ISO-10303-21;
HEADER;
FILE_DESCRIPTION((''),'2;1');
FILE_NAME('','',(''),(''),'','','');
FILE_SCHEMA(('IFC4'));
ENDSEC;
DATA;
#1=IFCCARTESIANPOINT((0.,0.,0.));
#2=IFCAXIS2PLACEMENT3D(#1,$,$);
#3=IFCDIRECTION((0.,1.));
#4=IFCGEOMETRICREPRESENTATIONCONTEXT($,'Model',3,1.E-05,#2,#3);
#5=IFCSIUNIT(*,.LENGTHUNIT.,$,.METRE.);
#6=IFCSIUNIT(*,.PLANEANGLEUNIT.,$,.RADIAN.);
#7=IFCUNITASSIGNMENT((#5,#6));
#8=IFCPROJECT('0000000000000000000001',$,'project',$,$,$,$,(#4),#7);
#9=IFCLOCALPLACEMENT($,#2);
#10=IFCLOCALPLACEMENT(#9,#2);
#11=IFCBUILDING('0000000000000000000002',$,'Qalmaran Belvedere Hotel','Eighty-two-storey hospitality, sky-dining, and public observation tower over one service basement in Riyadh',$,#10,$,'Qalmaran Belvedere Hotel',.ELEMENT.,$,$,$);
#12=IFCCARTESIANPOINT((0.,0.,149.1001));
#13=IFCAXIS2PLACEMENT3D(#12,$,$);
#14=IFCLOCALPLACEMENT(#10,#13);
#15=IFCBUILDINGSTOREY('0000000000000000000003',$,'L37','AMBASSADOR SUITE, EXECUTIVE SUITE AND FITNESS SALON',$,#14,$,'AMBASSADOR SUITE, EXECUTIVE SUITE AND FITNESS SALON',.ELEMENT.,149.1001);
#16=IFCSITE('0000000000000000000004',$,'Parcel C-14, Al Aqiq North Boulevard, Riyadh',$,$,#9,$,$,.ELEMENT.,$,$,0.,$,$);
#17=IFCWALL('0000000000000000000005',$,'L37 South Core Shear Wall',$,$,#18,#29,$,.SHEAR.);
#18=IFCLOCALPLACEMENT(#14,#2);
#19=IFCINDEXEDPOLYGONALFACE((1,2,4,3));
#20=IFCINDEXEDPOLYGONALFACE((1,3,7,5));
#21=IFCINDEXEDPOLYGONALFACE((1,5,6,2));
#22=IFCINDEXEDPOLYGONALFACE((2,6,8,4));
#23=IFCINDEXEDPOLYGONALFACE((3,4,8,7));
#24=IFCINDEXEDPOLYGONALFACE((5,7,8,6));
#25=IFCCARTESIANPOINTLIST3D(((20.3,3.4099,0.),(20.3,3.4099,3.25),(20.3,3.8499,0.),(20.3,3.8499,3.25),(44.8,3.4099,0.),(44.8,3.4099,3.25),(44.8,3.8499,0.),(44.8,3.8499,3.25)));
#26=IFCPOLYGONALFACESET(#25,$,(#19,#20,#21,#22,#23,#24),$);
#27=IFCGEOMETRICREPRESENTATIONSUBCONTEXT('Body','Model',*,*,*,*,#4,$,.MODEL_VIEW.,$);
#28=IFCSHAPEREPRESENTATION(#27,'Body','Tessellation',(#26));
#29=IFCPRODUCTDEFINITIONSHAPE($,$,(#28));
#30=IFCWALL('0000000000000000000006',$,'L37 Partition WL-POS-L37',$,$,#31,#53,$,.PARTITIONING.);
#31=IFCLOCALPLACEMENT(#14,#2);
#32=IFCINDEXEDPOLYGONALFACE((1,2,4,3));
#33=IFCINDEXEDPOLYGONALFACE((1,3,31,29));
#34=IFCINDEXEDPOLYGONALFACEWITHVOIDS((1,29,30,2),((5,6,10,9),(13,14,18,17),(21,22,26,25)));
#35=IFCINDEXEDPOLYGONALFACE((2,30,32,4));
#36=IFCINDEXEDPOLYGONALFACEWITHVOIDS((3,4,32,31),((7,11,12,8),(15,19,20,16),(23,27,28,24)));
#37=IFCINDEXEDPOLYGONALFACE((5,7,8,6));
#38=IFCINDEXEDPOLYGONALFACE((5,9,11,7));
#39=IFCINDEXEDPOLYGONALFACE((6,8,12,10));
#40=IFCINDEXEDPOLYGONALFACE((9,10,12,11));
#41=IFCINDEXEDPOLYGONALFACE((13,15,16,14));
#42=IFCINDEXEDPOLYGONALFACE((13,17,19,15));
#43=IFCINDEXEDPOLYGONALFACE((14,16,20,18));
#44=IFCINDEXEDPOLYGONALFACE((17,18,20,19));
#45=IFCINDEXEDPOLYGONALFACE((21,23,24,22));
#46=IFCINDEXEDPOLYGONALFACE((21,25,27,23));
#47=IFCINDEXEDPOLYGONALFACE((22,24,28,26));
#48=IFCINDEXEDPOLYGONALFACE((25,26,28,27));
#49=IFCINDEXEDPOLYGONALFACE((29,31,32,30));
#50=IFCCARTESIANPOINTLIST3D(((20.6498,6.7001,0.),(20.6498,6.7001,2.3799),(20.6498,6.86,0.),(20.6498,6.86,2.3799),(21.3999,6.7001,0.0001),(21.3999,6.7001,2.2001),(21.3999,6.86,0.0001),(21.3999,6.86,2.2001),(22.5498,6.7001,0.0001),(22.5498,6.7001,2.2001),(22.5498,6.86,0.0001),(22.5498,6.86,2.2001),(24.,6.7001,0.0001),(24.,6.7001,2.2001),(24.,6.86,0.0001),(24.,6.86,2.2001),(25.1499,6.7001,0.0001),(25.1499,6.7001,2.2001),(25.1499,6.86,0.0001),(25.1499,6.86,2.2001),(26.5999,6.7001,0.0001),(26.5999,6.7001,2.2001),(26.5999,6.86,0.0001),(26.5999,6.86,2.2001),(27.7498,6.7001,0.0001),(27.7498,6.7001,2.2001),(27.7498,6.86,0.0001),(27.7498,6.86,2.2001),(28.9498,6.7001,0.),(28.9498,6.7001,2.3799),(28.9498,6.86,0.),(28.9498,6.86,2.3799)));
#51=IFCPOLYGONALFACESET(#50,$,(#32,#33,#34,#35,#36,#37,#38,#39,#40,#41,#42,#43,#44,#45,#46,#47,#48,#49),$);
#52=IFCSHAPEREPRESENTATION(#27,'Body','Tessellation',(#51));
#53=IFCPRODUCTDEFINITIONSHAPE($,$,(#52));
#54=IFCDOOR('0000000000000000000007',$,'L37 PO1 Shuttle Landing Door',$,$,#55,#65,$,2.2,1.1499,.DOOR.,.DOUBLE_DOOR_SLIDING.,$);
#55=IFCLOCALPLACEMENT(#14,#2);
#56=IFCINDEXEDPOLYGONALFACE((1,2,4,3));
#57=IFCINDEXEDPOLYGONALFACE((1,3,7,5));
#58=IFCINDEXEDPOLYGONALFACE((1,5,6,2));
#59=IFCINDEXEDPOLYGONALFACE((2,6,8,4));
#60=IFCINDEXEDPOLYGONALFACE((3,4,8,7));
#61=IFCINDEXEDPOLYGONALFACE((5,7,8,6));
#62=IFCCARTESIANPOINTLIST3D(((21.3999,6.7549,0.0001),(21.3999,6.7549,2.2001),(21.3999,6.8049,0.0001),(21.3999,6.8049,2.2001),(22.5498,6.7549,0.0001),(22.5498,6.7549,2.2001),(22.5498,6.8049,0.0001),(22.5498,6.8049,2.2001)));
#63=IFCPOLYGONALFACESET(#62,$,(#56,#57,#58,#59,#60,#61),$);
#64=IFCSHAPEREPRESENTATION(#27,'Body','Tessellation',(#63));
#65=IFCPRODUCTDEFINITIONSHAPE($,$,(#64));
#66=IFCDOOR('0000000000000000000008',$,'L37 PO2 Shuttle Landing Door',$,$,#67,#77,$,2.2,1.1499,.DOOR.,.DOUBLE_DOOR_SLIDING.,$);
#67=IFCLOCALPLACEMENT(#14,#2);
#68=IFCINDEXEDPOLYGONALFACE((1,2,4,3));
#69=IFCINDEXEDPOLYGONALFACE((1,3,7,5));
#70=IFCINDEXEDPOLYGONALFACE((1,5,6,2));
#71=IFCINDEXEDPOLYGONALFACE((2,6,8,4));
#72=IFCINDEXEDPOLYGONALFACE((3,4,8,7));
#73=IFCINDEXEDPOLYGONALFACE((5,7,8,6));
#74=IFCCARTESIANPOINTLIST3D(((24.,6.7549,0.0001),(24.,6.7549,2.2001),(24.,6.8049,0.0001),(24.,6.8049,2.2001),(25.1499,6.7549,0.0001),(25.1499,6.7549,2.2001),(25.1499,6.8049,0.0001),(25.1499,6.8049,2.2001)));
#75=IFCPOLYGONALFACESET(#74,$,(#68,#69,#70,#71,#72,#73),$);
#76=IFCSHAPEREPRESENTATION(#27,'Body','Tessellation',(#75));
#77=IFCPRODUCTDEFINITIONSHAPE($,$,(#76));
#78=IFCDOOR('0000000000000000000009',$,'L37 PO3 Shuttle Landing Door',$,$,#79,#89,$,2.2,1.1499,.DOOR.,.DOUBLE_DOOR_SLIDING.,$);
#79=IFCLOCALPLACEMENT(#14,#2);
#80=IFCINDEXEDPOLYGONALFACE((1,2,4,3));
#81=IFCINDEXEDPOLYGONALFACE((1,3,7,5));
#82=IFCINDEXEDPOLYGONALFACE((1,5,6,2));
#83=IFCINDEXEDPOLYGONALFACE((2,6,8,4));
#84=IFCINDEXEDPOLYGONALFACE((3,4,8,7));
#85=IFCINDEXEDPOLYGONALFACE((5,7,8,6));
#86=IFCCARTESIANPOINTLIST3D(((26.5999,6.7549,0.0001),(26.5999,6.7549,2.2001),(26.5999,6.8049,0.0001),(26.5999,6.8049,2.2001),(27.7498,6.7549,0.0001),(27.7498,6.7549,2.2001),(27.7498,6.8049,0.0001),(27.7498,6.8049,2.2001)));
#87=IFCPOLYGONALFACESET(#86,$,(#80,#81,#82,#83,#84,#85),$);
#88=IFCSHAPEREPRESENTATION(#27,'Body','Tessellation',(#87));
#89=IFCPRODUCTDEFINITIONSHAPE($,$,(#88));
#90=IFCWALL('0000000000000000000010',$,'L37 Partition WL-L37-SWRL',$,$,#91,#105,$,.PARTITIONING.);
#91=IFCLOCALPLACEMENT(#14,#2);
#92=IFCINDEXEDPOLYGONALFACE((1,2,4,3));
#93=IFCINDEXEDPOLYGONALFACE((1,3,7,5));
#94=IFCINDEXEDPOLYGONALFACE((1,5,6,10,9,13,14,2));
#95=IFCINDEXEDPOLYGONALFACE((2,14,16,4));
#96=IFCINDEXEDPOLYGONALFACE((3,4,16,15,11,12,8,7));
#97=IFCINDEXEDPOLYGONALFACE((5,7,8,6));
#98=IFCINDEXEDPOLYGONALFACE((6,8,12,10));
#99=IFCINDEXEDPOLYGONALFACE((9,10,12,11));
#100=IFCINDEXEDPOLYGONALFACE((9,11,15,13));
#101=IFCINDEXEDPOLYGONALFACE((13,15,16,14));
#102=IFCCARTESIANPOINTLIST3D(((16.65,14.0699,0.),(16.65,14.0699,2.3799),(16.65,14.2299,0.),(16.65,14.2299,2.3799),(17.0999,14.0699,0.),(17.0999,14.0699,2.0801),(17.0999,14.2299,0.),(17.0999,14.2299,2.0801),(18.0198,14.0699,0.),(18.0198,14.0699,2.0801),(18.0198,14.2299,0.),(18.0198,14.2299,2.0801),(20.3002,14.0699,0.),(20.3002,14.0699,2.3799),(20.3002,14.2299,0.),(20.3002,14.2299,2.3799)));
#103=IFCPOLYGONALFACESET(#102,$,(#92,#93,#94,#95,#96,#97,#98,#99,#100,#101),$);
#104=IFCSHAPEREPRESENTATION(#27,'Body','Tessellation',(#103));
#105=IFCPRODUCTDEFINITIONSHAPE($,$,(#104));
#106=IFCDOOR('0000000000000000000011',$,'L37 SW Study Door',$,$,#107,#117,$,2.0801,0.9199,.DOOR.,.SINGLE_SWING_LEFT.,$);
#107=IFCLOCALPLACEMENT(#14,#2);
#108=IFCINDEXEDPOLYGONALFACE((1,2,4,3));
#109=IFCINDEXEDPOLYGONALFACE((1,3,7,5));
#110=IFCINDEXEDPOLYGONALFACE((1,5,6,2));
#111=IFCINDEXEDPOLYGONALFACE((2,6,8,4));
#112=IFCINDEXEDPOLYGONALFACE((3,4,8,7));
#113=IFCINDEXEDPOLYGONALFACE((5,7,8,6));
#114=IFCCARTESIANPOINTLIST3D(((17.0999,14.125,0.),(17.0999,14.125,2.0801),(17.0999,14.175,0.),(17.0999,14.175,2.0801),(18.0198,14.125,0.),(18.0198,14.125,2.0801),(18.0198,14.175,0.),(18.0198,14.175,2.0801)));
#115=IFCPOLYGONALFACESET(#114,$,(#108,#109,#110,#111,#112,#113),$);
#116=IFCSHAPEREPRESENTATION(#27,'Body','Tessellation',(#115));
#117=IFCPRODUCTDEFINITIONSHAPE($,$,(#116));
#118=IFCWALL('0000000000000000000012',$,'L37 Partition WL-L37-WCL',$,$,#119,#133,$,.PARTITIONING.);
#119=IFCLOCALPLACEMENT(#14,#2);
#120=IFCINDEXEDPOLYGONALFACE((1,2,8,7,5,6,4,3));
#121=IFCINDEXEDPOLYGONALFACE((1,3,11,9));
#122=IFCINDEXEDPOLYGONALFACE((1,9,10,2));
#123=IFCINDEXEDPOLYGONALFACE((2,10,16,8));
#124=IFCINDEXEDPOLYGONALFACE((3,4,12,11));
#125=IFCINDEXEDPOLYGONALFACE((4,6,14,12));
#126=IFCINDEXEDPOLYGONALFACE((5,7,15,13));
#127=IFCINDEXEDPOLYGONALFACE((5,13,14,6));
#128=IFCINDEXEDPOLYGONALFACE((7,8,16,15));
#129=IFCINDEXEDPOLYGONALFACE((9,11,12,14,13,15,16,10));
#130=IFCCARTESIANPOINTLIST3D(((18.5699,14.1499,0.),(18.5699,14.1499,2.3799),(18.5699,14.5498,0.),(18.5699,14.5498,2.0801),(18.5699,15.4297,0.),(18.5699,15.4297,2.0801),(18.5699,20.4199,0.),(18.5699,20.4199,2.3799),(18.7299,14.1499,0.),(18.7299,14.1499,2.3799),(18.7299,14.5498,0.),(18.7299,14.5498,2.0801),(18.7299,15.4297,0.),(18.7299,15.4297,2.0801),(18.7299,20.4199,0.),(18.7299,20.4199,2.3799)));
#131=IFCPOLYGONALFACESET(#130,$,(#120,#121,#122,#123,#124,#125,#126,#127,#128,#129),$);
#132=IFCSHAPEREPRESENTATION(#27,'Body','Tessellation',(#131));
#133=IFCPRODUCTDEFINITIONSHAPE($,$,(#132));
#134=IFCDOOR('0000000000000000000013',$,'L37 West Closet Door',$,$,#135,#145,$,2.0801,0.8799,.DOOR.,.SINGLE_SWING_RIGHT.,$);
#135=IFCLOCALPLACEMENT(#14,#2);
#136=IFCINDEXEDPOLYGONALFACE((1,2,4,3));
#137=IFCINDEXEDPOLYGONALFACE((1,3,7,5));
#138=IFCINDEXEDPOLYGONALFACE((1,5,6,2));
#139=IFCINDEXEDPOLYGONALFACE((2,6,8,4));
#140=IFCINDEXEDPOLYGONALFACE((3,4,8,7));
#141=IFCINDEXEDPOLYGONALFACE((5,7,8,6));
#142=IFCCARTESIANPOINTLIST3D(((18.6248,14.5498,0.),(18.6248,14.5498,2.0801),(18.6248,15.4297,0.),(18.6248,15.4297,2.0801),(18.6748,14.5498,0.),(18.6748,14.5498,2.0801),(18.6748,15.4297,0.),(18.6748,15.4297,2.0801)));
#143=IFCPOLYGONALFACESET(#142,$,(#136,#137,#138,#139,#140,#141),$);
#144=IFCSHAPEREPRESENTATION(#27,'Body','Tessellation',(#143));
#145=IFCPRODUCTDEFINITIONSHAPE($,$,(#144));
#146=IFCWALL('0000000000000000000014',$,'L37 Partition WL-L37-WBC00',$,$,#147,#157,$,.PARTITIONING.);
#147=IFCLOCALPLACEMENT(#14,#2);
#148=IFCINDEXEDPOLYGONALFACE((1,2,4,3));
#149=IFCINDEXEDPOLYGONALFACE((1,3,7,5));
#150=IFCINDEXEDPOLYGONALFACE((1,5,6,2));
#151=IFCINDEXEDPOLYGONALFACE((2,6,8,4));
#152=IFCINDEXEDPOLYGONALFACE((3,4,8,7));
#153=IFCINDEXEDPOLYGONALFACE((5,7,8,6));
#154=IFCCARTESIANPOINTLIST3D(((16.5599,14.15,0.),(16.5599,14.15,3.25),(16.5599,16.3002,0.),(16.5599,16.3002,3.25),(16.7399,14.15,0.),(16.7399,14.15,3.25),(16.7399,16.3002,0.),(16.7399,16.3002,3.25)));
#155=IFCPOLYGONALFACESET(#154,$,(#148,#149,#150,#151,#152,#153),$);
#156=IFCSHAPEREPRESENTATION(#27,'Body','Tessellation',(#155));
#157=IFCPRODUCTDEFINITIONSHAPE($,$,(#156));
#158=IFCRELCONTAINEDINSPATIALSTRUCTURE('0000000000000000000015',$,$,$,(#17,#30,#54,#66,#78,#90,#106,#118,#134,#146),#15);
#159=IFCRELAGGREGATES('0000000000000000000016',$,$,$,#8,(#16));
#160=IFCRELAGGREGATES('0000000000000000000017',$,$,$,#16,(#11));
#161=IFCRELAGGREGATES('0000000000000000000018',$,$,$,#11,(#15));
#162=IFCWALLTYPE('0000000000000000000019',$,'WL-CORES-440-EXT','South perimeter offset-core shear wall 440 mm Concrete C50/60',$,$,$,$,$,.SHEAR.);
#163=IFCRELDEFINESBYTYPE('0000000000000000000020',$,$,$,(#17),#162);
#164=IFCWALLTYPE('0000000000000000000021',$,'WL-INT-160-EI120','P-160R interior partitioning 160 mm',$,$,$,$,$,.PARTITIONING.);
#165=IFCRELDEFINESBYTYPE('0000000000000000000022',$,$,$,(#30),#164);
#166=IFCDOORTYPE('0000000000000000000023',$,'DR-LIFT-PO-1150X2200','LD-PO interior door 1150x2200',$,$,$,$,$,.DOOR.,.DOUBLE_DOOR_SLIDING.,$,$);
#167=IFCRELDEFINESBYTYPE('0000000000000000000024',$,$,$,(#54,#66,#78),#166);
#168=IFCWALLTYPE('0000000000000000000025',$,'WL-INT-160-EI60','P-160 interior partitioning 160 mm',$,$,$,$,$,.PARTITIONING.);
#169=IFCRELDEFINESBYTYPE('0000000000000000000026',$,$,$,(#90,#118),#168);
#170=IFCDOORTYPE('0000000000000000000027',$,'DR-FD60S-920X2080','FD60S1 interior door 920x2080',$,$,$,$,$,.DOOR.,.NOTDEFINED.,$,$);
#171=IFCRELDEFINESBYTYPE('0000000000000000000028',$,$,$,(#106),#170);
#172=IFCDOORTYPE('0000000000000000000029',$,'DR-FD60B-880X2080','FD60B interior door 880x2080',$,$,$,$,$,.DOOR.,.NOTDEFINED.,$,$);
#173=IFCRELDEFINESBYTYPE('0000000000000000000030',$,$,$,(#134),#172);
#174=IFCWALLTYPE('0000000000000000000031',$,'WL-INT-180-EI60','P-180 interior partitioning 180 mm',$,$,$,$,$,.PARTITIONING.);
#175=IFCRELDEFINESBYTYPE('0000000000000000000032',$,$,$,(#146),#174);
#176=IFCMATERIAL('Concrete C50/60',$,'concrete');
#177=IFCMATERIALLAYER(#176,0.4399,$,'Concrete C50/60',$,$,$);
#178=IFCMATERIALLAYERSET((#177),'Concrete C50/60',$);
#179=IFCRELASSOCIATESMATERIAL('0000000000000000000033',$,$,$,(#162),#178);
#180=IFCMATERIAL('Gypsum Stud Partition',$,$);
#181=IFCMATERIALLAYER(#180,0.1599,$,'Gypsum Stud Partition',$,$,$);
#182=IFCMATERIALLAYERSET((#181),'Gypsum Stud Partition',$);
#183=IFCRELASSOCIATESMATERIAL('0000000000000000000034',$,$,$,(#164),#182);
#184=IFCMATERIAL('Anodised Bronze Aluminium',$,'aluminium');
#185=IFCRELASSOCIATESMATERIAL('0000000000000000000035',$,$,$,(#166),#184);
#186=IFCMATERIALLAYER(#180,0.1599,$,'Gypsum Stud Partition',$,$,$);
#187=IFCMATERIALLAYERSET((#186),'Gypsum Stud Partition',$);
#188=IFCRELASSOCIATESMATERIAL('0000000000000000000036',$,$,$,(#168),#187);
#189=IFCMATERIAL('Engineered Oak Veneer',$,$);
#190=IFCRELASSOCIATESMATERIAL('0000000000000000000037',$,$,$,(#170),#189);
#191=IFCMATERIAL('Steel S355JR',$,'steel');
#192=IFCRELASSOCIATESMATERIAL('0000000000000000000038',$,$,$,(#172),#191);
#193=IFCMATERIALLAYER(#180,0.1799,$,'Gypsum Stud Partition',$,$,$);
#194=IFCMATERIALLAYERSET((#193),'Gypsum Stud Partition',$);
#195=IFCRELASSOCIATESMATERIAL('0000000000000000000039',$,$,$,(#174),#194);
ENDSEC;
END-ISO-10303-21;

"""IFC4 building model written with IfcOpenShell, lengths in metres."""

from ifc_helpers import new_model, si_unit, direction, frame, frame_2d, origin, place, context, subcontext, project, spatial, rectangle, extrude, material, layer, layer_set, type_object, element, fill, save


model = new_model("IFC4")

# Units and contexts
model_context = context("Model", 3, precision=1e-05, world=origin(), true_north=direction((0.0, 1.0)))
body_context = subcontext(model_context, "Body", "Model", "MODEL_VIEW")
ifc_project = project(units=[si_unit("LENGTHUNIT", "METRE"), si_unit("PLANEANGLEUNIT", "RADIAN")], contexts=[model_context])

# Site, building, storey
site_placement = place(None, origin())
site = spatial("IfcSite", under=ifc_project, at=site_placement, Name="Parcel C-14, Al Aqiq North Boulevard, Riyadh", CompositionType="ELEMENT", RefElevation=0.0)
building_placement = place(site_placement, origin())
building = spatial("IfcBuilding", under=site, at=building_placement, Name="Qalmaran Belvedere Hotel", Description="Eighty-two-storey hospitality, sky-dining, and public observation tower over one service basement in Riyadh", LongName="Qalmaran Belvedere Hotel", CompositionType="ELEMENT")
storey_placement = place(building_placement, frame((0.0, 0.0, 149.1001)))
storey = spatial("IfcBuildingStorey", under=building, at=storey_placement, Name="L37", Description="AMBASSADOR SUITE, EXECUTIVE SUITE AND FITNESS SALON", LongName="AMBASSADOR SUITE, EXECUTIVE SUITE AND FITNESS SALON", CompositionType="ELEMENT", Elevation=149.1001)

# Shared definitions
ifc_material_1 = material(Name="Concrete C50/60", Category="concrete")

# Shared definitions
ifc_material_2 = material(Name="Steel S355JR", Category="steel")

# Shared definitions
ifc_material_3 = material(Name="Anodised Bronze Aluminium", Category="aluminium")

# Wall
ifc_layer_1 = layer(ifc_material_1, 0.4399, Name="Concrete C50/60")
ifc_layer_set_1 = layer_set([ifc_layer_1], Name="Concrete C50/60")
wall_type_1 = type_object("IfcWallType", Name="WL-CORES-440-EXT", Description="South perimeter offset-core shear wall 440 mm Concrete C50/60", PredefinedType="SHEAR", material=ifc_layer_set_1)
wall_1_placement = place(storey_placement, frame((20.3, 3.6299, 0.0), z_axis=(0.0, 0.0, 1.0), x_axis=(1.0, 0.0, 0.0)))
element("IfcWall", 1, at=wall_1_placement, inside=storey, type_object=wall_type_1, Name="L37 South Core Shear Wall", PredefinedType="SHEAR", context=body_context, shape_type="SweptSolid", body=[
    extrude(rectangle(XDim=24.5, YDim=0.4399, at=frame_2d((12.25, 0.0))), origin(), (0.0, 0.0, 1.0), 3.25),
])

# Wall, openings, doors
ifc_material_4 = material(Name="Gypsum Stud Partition")
ifc_layer_2 = layer(ifc_material_4, 0.1599, Name="Gypsum Stud Partition")
ifc_layer_set_2 = layer_set([ifc_layer_2], Name="Gypsum Stud Partition")
wall_type_2 = type_object("IfcWallType", Name="WL-INT-160-EI120", Description="P-160R interior partitioning 160 mm", PredefinedType="PARTITIONING", material=ifc_layer_set_2)
wall_2_placement = place(storey_placement, frame((20.6499, 6.78, 0.0), z_axis=(0.0, 0.0, 1.0), x_axis=(1.0, 0.0, 0.0)))
wall_2 = element("IfcWall", 2, at=wall_2_placement, inside=storey, type_object=wall_type_2, Name="L37 Partition WL-POS-L37", PredefinedType="PARTITIONING", context=body_context, shape_type="SweptSolid", body=[
    extrude(rectangle(XDim=8.3, YDim=0.1599, at=frame_2d((4.1499, 0.0))), origin(), (0.0, 0.0, 1.0), 2.3799),
])
opening_1_placement = place(wall_2_placement, frame((0.75, 0.0, 0.0)))
opening_1 = element("IfcOpeningElement", 3, at=opening_1_placement, cuts=wall_2, PredefinedType="OPENING", context=body_context, shape_type="SweptSolid", body=[
    extrude(rectangle(XDim=1.1499, YDim=2.2, at=frame_2d((0.575, 1.1001))), frame((0.0, 0.0898, 0.0), z_axis=(0.0, -1.0, 0.0), x_axis=(1.0, 0.0, 0.0)), (0.0, 0.0, 1.0), 0.1799),
])
opening_2_placement = place(wall_2_placement, frame((3.3501, 0.0, 0.0)))
opening_2 = element("IfcOpeningElement", 4, at=opening_2_placement, cuts=wall_2, PredefinedType="OPENING", context=body_context, shape_type="SweptSolid", body=[
    extrude(rectangle(XDim=1.1499, YDim=2.2, at=frame_2d((0.575, 1.1001))), frame((0.0, 0.0898, 0.0), z_axis=(0.0, -1.0, 0.0), x_axis=(1.0, 0.0, 0.0)), (0.0, 0.0, 1.0), 0.1799),
])
opening_3_placement = place(wall_2_placement, frame((5.95, 0.0, 0.0)))
opening_3 = element("IfcOpeningElement", 5, at=opening_3_placement, cuts=wall_2, PredefinedType="OPENING", context=body_context, shape_type="SweptSolid", body=[
    extrude(rectangle(XDim=1.1499, YDim=2.2, at=frame_2d((0.575, 1.1001))), frame((0.0, 0.0898, 0.0), z_axis=(0.0, -1.0, 0.0), x_axis=(1.0, 0.0, 0.0)), (0.0, 0.0, 1.0), 0.1799),
])
door_type_1 = type_object("IfcDoorType", Name="DR-LIFT-PO-1150X2200", Description="LD-PO interior door 1150x2200", OperationType="DOUBLE_DOOR_SLIDING", PredefinedType="DOOR", material=ifc_material_3)
door_1_placement = place(opening_1_placement, origin())
door_1 = element("IfcDoor", 6, at=door_1_placement, inside=storey, type_object=door_type_1, Name="L37 PO1 Shuttle Landing Door", OperationType="DOUBLE_DOOR_SLIDING", OverallHeight=2.2, OverallWidth=1.1499, PredefinedType="DOOR", context=body_context, shape_type="SweptSolid", body=[
    extrude(rectangle(XDim=1.1499, YDim=2.2, at=frame_2d((0.575, 1.1001))), frame((0.0, 0.0249, 0.0), z_axis=(0.0, -1.0, 0.0), x_axis=(1.0, 0.0, 0.0)), (0.0, 0.0, 1.0), 0.05),
])
fill(opening_1, door_1)
door_2_placement = place(opening_2_placement, origin())
door_2 = element("IfcDoor", 7, at=door_2_placement, inside=storey, type_object=door_type_1, Name="L37 PO2 Shuttle Landing Door", OperationType="DOUBLE_DOOR_SLIDING", OverallHeight=2.2, OverallWidth=1.1499, PredefinedType="DOOR", context=body_context, shape_type="SweptSolid", body=[
    extrude(rectangle(XDim=1.1499, YDim=2.2, at=frame_2d((0.575, 1.1001))), frame((0.0, 0.0249, 0.0), z_axis=(0.0, -1.0, 0.0), x_axis=(1.0, 0.0, 0.0)), (0.0, 0.0, 1.0), 0.05),
])
fill(opening_2, door_2)
door_3_placement = place(opening_3_placement, origin())
door_3 = element("IfcDoor", 8, at=door_3_placement, inside=storey, type_object=door_type_1, Name="L37 PO3 Shuttle Landing Door", OperationType="DOUBLE_DOOR_SLIDING", OverallHeight=2.2, OverallWidth=1.1499, PredefinedType="DOOR", context=body_context, shape_type="SweptSolid", body=[
    extrude(rectangle(XDim=1.1499, YDim=2.2, at=frame_2d((0.575, 1.1001))), frame((0.0, 0.0249, 0.0), z_axis=(0.0, -1.0, 0.0), x_axis=(1.0, 0.0, 0.0)), (0.0, 0.0, 1.0), 0.05),
])
fill(opening_3, door_3)

# Walls, openings, doors
ifc_layer_3 = layer(ifc_material_4, 0.1599, Name="Gypsum Stud Partition")
ifc_layer_set_3 = layer_set([ifc_layer_3], Name="Gypsum Stud Partition")
wall_type_3 = type_object("IfcWallType", Name="WL-INT-160-EI60", Description="P-160 interior partitioning 160 mm", PredefinedType="PARTITIONING", material=ifc_layer_set_3)
wall_3_placement = place(storey_placement, frame((16.6499, 14.1499, 0.0), z_axis=(0.0, 0.0, 1.0), x_axis=(1.0, 0.0, 0.0)))
wall_3 = element("IfcWall", 9, at=wall_3_placement, inside=storey, type_object=wall_type_3, Name="L37 Partition WL-L37-SWRL", PredefinedType="PARTITIONING", context=body_context, shape_type="SweptSolid", body=[
    extrude(rectangle(XDim=3.6501, YDim=0.1599, at=frame_2d((1.8252, 0.0))), origin(), (0.0, 0.0, 1.0), 2.3799),
])
opening_4_placement = place(wall_3_placement, frame((1.3699, 0.0, 0.0), z_axis=(0.0, 0.0, 1.0), x_axis=(-1.0, 0.0, 0.0)))
opening_4 = element("IfcOpeningElement", 10, at=opening_4_placement, cuts=wall_3, PredefinedType="OPENING", context=body_context, shape_type="SweptSolid", body=[
    extrude(rectangle(XDim=0.9199, YDim=2.0801, at=frame_2d((0.46, 1.04))), frame((0.0, 0.0898, 0.0), z_axis=(0.0, -1.0, 0.0), x_axis=(1.0, 0.0, 0.0)), (0.0, 0.0, 1.0), 0.1799),
])
ifc_material_5 = material(Name="Engineered Oak Veneer")
door_type_2 = type_object("IfcDoorType", Name="DR-FD60S-920X2080", Description="FD60S1 interior door 920x2080", OperationType="NOTDEFINED", PredefinedType="DOOR", material=ifc_material_5)
door_4_placement = place(opening_4_placement, origin())
door_4 = element("IfcDoor", 11, at=door_4_placement, inside=storey, type_object=door_type_2, Name="L37 SW Study Door", OperationType="SINGLE_SWING_LEFT", OverallHeight=2.0801, OverallWidth=0.9199, PredefinedType="DOOR", context=body_context, shape_type="SweptSolid", body=[
    extrude(rectangle(XDim=0.9199, YDim=2.0801, at=frame_2d((0.46, 1.04))), frame((0.0, 0.0249, 0.0), z_axis=(0.0, -1.0, 0.0), x_axis=(1.0, 0.0, 0.0)), (0.0, 0.0, 1.0), 0.05),
])
fill(opening_4, door_4)
wall_4_placement = place(storey_placement, frame((18.6499, 14.1499, 0.0), z_axis=(0.0, 0.0, 1.0), x_axis=(0.0, 1.0, 0.0)))
wall_4 = element("IfcWall", 12, at=wall_4_placement, inside=storey, type_object=wall_type_3, Name="L37 Partition WL-L37-WCL", PredefinedType="PARTITIONING", context=body_context, shape_type="SweptSolid", body=[
    extrude(rectangle(XDim=6.27, YDim=0.1599, at=frame_2d((3.135, 0.0))), origin(), (0.0, 0.0, 1.0), 2.3799),
])
opening_5_placement = place(wall_4_placement, frame((1.2798, 0.0, 0.0), z_axis=(0.0, 0.0, 1.0), x_axis=(-1.0, 0.0, 0.0)))
opening_5 = element("IfcOpeningElement", 13, at=opening_5_placement, cuts=wall_4, PredefinedType="OPENING", context=body_context, shape_type="SweptSolid", body=[
    extrude(rectangle(XDim=0.8799, YDim=2.0801, at=frame_2d((0.4399, 1.04))), frame((0.0, 0.0898, 0.0), z_axis=(0.0, -1.0, 0.0), x_axis=(1.0, 0.0, 0.0)), (0.0, 0.0, 1.0), 0.1799),
])
door_type_3 = type_object("IfcDoorType", Name="DR-FD60B-880X2080", Description="FD60B interior door 880x2080", OperationType="NOTDEFINED", PredefinedType="DOOR", material=ifc_material_2)
door_5_placement = place(opening_5_placement, origin())
door_5 = element("IfcDoor", 14, at=door_5_placement, inside=storey, type_object=door_type_3, Name="L37 West Closet Door", OperationType="SINGLE_SWING_RIGHT", OverallHeight=2.0801, OverallWidth=0.8799, PredefinedType="DOOR", context=body_context, shape_type="SweptSolid", body=[
    extrude(rectangle(XDim=0.8799, YDim=2.0801, at=frame_2d((0.4399, 1.04))), frame((0.0, 0.0249, 0.0), z_axis=(0.0, -1.0, 0.0), x_axis=(1.0, 0.0, 0.0)), (0.0, 0.0, 1.0), 0.05),
])
fill(opening_5, door_5)

# Wall
ifc_layer_4 = layer(ifc_material_4, 0.1799, Name="Gypsum Stud Partition")
ifc_layer_set_4 = layer_set([ifc_layer_4], Name="Gypsum Stud Partition")
wall_type_4 = type_object("IfcWallType", Name="WL-INT-180-EI60", Description="P-180 interior partitioning 180 mm", PredefinedType="PARTITIONING", material=ifc_layer_set_4)
wall_5_placement = place(storey_placement, frame((16.6499, 14.1499, 0.0), z_axis=(0.0, 0.0, 1.0), x_axis=(0.0, 1.0, 0.0)))
element("IfcWall", 15, at=wall_5_placement, inside=storey, type_object=wall_type_4, Name="L37 Partition WL-L37-WBC00", PredefinedType="PARTITIONING", context=body_context, shape_type="SweptSolid", body=[
    extrude(rectangle(XDim=2.1501, YDim=0.1799, at=frame_2d((1.0752, 0.0))), origin(), (0.0, 0.0, 1.0), 3.25),
])

save(model, "model.ifc")
